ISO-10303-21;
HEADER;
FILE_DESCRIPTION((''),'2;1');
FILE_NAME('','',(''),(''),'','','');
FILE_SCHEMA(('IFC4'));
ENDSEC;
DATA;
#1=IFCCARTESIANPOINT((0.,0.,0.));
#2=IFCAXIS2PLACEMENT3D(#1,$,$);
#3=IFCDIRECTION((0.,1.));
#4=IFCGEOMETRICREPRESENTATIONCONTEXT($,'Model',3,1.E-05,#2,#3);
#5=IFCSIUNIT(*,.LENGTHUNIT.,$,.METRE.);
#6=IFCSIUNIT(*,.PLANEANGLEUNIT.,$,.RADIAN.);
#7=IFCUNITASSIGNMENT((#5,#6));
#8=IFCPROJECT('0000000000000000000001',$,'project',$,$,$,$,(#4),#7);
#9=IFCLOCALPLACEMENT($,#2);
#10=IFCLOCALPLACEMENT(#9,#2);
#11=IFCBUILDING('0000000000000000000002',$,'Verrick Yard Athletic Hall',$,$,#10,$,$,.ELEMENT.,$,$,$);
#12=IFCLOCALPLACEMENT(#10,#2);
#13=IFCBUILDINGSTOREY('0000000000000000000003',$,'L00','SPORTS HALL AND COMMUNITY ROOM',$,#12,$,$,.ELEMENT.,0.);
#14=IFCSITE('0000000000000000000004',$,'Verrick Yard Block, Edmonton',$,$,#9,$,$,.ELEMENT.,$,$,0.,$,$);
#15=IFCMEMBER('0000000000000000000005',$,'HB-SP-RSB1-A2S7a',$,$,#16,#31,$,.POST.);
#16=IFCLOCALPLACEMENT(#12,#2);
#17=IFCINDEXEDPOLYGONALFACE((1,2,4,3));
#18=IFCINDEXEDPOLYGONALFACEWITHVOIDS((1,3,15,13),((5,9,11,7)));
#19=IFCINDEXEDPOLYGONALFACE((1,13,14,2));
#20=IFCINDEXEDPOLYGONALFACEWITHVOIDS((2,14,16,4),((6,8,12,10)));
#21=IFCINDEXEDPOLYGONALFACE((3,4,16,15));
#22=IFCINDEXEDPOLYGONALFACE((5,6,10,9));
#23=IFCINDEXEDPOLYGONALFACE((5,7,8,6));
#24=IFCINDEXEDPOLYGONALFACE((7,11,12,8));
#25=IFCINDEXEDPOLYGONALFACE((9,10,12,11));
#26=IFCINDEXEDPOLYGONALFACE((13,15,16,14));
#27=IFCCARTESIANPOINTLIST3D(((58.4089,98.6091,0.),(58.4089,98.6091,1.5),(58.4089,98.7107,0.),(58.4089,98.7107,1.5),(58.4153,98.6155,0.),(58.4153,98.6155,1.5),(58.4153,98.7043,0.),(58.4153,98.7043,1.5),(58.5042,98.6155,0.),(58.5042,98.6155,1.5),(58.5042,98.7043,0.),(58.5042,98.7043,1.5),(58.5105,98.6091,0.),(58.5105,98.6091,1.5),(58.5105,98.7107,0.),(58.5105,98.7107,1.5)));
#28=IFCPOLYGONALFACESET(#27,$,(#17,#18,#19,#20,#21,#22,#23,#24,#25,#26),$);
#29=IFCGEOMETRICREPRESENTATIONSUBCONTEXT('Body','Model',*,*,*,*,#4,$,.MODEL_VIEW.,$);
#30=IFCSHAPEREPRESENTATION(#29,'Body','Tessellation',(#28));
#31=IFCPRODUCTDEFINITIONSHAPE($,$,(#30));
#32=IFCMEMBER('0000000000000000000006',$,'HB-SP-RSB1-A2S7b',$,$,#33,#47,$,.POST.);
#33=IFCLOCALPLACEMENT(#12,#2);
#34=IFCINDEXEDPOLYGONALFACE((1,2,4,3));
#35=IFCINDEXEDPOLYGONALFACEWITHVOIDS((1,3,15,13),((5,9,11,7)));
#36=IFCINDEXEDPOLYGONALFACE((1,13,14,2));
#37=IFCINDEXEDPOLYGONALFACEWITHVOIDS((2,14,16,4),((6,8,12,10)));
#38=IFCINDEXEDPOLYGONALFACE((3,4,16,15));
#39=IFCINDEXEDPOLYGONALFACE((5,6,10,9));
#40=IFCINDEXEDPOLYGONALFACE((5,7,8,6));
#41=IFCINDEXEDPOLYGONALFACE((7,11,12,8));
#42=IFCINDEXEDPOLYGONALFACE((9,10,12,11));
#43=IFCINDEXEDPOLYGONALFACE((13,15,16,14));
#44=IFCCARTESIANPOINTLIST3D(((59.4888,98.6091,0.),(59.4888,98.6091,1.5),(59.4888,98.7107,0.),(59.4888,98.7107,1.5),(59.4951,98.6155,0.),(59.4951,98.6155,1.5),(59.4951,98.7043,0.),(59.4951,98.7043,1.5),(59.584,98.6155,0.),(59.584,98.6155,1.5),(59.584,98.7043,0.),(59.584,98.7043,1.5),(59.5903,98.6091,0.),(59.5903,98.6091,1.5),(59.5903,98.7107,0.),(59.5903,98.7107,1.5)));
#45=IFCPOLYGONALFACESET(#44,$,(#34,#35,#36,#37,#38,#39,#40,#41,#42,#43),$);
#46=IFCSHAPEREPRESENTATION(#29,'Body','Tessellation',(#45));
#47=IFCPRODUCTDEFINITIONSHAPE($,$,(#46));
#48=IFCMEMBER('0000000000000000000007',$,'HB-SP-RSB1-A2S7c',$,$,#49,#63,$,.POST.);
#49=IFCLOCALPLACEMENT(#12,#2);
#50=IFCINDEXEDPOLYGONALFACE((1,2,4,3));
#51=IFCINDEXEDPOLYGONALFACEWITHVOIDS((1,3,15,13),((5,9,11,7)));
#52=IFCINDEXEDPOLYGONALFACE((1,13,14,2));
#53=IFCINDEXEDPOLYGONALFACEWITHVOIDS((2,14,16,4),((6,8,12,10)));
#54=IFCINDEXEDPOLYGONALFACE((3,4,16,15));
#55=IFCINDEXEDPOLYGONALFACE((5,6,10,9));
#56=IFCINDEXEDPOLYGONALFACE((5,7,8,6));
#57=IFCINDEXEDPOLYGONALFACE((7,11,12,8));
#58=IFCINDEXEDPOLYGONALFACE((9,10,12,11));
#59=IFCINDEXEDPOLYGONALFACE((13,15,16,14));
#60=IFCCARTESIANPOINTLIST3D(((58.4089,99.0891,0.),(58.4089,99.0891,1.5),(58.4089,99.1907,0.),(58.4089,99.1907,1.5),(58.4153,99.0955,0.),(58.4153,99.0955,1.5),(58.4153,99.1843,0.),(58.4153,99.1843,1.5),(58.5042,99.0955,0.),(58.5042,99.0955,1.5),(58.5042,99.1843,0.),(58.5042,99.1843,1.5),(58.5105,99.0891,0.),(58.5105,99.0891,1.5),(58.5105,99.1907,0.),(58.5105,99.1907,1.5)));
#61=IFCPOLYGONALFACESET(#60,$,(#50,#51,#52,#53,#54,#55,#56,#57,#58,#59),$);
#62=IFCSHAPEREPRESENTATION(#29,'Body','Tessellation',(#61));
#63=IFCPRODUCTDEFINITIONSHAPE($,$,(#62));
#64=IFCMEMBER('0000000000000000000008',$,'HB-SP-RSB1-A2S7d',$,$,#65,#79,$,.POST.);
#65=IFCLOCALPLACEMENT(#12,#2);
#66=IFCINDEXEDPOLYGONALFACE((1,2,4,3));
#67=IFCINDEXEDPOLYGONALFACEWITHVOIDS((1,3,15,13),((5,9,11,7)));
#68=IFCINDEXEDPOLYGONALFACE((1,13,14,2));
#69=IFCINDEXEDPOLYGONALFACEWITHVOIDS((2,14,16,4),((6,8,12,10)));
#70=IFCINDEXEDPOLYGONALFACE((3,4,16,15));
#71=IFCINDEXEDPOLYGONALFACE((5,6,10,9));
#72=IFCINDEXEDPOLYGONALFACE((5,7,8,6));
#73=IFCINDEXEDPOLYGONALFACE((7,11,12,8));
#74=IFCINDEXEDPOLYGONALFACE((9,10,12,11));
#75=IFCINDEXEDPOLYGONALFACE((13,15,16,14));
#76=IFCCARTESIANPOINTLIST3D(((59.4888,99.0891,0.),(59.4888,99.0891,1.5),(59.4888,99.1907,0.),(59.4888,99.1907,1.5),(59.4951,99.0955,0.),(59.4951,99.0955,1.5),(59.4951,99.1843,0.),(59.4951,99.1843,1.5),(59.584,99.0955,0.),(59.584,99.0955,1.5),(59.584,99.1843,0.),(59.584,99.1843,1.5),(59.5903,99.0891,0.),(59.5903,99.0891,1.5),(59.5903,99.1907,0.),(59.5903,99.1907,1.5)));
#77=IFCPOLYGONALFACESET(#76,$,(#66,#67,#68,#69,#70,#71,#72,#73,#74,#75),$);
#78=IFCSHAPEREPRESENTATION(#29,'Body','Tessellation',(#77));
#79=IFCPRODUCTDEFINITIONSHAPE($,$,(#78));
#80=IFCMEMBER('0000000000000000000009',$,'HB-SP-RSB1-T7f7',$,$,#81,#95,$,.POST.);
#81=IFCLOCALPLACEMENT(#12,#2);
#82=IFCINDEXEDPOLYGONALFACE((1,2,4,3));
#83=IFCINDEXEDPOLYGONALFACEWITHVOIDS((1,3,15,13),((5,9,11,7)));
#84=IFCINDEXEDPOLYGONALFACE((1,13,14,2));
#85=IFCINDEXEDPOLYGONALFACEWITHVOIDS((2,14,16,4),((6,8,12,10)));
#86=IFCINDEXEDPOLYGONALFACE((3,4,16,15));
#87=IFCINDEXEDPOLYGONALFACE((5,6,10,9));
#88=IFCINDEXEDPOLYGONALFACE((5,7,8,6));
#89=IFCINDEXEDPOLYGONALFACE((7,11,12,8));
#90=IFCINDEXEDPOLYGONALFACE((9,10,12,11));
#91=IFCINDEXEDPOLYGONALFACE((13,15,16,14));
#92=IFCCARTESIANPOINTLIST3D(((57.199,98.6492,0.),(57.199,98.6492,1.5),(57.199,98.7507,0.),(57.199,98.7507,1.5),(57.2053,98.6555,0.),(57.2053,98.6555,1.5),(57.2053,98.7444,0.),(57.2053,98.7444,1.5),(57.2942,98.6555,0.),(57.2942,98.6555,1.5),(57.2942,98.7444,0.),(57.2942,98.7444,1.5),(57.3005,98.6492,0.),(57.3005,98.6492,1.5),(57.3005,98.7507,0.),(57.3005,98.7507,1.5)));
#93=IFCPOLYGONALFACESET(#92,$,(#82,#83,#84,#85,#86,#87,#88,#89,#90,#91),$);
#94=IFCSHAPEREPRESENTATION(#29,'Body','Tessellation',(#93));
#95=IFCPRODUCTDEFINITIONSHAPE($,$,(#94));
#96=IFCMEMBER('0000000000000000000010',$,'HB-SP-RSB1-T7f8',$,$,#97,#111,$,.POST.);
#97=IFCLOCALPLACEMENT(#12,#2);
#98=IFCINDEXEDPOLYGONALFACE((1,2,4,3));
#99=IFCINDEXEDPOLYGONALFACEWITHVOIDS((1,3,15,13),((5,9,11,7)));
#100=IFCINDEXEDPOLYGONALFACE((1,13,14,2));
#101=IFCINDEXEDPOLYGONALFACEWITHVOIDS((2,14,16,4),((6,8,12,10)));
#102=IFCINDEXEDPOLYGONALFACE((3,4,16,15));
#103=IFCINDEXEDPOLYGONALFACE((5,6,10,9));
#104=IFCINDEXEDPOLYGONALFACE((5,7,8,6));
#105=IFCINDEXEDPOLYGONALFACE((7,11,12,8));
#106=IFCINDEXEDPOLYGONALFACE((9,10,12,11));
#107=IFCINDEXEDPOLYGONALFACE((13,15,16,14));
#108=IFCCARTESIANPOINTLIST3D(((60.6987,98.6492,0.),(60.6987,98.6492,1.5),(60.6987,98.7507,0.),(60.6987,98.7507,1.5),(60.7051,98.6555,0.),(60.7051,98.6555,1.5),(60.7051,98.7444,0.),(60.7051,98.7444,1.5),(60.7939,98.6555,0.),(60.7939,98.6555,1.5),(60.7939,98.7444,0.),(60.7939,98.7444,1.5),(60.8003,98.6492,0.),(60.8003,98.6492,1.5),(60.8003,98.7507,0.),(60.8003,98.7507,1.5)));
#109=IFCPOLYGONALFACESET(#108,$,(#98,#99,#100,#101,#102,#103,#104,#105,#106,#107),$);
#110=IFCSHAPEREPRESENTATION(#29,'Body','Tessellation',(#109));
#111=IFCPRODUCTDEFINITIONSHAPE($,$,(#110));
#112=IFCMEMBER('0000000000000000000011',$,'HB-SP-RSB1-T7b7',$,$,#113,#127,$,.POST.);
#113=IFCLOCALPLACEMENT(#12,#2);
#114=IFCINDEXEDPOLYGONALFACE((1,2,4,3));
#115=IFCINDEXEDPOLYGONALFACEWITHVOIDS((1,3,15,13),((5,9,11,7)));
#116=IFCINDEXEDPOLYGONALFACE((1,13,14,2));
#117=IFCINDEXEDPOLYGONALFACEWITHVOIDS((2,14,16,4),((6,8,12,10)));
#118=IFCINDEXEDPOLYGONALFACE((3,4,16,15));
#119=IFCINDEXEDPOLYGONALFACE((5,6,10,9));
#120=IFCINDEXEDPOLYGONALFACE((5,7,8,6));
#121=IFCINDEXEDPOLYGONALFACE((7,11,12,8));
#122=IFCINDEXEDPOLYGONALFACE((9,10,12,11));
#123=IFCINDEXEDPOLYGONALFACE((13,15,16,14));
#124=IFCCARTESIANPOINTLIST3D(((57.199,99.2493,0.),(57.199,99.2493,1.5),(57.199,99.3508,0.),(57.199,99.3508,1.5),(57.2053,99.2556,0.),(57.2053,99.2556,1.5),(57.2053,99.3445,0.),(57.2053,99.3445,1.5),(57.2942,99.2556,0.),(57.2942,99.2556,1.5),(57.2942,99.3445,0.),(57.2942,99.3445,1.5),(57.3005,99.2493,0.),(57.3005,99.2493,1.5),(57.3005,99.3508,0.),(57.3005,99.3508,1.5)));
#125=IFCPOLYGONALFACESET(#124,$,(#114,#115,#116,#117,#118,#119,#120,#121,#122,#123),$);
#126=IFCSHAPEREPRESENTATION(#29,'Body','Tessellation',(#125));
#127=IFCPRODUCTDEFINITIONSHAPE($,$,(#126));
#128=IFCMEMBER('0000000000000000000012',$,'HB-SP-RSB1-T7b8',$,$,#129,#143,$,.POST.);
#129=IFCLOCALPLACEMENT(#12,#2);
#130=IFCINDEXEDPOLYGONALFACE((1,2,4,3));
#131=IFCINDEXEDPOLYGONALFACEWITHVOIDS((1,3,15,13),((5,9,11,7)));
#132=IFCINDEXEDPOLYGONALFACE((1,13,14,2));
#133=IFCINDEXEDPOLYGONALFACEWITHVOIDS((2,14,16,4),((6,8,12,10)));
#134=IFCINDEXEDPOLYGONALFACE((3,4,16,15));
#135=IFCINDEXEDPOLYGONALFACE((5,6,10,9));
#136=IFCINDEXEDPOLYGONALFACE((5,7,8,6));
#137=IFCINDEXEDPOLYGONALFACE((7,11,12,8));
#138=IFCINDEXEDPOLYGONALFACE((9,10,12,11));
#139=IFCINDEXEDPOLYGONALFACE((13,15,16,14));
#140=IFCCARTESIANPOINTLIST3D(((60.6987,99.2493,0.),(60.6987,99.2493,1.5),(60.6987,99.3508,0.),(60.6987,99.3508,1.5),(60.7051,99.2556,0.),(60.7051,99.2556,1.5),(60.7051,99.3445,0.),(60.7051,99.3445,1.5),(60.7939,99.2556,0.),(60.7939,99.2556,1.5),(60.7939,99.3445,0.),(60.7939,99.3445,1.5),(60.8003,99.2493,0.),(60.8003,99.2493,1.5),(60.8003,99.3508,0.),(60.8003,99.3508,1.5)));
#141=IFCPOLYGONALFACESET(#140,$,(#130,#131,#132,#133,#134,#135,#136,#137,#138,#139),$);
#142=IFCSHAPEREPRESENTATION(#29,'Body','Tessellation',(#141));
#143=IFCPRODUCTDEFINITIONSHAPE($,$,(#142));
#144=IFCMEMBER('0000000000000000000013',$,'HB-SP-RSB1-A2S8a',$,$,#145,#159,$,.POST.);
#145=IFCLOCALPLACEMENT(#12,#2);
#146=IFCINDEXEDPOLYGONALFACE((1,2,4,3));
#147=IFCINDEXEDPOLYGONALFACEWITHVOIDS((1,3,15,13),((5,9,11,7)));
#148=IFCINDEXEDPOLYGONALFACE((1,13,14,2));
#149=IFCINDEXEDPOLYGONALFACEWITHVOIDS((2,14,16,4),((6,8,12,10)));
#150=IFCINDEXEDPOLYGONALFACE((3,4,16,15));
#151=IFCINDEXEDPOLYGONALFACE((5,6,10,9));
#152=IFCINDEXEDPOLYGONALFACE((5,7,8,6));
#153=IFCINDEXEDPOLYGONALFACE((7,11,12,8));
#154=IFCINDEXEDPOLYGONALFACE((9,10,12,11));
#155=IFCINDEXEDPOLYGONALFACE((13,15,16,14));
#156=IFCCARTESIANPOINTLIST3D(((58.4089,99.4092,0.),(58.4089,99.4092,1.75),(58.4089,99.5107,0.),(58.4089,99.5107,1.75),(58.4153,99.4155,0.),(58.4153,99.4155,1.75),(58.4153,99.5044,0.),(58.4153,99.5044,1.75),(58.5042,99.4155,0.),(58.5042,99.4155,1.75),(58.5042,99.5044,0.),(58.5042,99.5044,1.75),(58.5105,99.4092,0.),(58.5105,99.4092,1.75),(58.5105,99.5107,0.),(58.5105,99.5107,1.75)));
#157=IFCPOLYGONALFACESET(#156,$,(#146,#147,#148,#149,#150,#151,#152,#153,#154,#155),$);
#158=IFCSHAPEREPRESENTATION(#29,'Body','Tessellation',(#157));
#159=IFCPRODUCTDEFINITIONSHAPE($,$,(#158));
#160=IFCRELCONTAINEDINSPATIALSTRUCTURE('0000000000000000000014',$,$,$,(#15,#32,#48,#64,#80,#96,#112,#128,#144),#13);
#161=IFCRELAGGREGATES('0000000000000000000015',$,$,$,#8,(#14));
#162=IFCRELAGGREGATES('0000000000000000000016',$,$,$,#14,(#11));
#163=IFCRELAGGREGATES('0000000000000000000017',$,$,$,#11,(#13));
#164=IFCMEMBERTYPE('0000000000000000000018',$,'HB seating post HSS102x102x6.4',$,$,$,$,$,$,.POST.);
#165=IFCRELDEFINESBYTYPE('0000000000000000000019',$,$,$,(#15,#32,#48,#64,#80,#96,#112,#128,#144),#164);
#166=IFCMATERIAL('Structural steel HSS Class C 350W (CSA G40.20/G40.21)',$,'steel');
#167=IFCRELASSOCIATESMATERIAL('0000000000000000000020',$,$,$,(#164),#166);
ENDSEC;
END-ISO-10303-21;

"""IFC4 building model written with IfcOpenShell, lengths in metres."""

from ifc_helpers import new_model, si_unit, direction, frame, origin, origin_2d, place, context, subcontext, project, spatial, hollow_rectangle, extrude, material, material_profile, profile_set, type_object, element, save


model = new_model("IFC4")

# Units and contexts
model_context = context("Model", 3, precision=1e-05, world=origin(), true_north=direction((0.0, 1.0)))
body_context = subcontext(model_context, "Body", "Model", "MODEL_VIEW")
ifc_project = project(units=[si_unit("LENGTHUNIT", "METRE"), si_unit("PLANEANGLEUNIT", "RADIAN")], contexts=[model_context])

# Site, building, storey
site_placement = place(None, origin())
site = spatial("IfcSite", under=ifc_project, at=site_placement, Name="Verrick Yard Block, Edmonton", CompositionType="ELEMENT", RefElevation=0.0)
building_placement = place(site_placement, origin())
building = spatial("IfcBuilding", under=site, at=building_placement, Name="Verrick Yard Athletic Hall", CompositionType="ELEMENT")
storey_placement = place(building_placement, origin())
storey = spatial("IfcBuildingStorey", under=building, at=storey_placement, Name="L00", Description="SPORTS HALL AND COMMUNITY ROOM", CompositionType="ELEMENT", Elevation=0.0)

# Members
ifc_material = material(Name="Structural steel HSS Class C 350W (CSA G40.20/G40.21)", Category="steel")
ifc_material_profile = material_profile(ifc_material, hollow_rectangle(XDim=0.1016, YDim=0.1016, WallThickness=0.0063, at=origin_2d()), Name="HSS102x102x6.4")
ifc_profile_set = profile_set([ifc_material_profile], Name="Structural steel HSS Class C 350W (CSA G40.20/G40.21)")
member_type = type_object("IfcMemberType", Name="HB seating post HSS102x102x6.4", PredefinedType="POST", material=ifc_profile_set)
for number, where, z_axis, x_axis, name in (
    (1, (58.4597, 98.6599, 0.0), (0.0, 0.0, 1.0), (0.0, 1.0, 0.0), "HB-SP-RSB1-A2S7a"),
    (2, (59.5396, 98.6599, 0.0), (0.0, 0.0, 1.0), (0.0, 1.0, 0.0), "HB-SP-RSB1-A2S7b"),
    (3, (58.4597, 99.1399, 0.0), (0.0, 0.0, 1.0), (0.0, 1.0, 0.0), "HB-SP-RSB1-A2S7c"),
    (4, (59.5396, 99.1399, 0.0), (0.0, 0.0, 1.0), (0.0, 1.0, 0.0), "HB-SP-RSB1-A2S7d"),
    (5, (57.2498, 98.7, 0.0), (0.0, 0.0, 1.0), (0.0, 1.0, 0.0), "HB-SP-RSB1-T7f7"),
    (6, (60.7495, 98.7, 0.0), (0.0, 0.0, 1.0), (0.0, 1.0, 0.0), "HB-SP-RSB1-T7f8"),
    (7, (57.2498, 99.3, 0.0), (0.0, 0.0, 1.0), (0.0, 1.0, 0.0), "HB-SP-RSB1-T7b7"),
    (8, (60.7495, 99.3, 0.0), (0.0, 0.0, 1.0), (0.0, 1.0, 0.0), "HB-SP-RSB1-T7b8"),
):
    element("IfcMember", number, at=place(storey_placement, frame(where, z_axis=z_axis, x_axis=x_axis)), inside=storey, type_object=member_type, Name=name, PredefinedType="POST", context=body_context, shape_type="SweptSolid", body=[
        extrude(hollow_rectangle(XDim=0.1016, YDim=0.1016, WallThickness=0.0063, at=origin_2d()), origin(), (0.0, 0.0, 1.0), 1.5),
    ])
member_placement = place(storey_placement, frame((58.4597, 99.46, 0.0), z_axis=(0.0, 0.0, 1.0), x_axis=(0.0, 1.0, 0.0)))
element("IfcMember", 9, at=member_placement, inside=storey, type_object=member_type, Name="HB-SP-RSB1-A2S8a", PredefinedType="POST", context=body_context, shape_type="SweptSolid", body=[
    extrude(hollow_rectangle(XDim=0.1016, YDim=0.1016, WallThickness=0.0063, at=origin_2d()), origin(), (0.0, 0.0, 1.0), 1.75),
])

save(model, "model.ifc")
